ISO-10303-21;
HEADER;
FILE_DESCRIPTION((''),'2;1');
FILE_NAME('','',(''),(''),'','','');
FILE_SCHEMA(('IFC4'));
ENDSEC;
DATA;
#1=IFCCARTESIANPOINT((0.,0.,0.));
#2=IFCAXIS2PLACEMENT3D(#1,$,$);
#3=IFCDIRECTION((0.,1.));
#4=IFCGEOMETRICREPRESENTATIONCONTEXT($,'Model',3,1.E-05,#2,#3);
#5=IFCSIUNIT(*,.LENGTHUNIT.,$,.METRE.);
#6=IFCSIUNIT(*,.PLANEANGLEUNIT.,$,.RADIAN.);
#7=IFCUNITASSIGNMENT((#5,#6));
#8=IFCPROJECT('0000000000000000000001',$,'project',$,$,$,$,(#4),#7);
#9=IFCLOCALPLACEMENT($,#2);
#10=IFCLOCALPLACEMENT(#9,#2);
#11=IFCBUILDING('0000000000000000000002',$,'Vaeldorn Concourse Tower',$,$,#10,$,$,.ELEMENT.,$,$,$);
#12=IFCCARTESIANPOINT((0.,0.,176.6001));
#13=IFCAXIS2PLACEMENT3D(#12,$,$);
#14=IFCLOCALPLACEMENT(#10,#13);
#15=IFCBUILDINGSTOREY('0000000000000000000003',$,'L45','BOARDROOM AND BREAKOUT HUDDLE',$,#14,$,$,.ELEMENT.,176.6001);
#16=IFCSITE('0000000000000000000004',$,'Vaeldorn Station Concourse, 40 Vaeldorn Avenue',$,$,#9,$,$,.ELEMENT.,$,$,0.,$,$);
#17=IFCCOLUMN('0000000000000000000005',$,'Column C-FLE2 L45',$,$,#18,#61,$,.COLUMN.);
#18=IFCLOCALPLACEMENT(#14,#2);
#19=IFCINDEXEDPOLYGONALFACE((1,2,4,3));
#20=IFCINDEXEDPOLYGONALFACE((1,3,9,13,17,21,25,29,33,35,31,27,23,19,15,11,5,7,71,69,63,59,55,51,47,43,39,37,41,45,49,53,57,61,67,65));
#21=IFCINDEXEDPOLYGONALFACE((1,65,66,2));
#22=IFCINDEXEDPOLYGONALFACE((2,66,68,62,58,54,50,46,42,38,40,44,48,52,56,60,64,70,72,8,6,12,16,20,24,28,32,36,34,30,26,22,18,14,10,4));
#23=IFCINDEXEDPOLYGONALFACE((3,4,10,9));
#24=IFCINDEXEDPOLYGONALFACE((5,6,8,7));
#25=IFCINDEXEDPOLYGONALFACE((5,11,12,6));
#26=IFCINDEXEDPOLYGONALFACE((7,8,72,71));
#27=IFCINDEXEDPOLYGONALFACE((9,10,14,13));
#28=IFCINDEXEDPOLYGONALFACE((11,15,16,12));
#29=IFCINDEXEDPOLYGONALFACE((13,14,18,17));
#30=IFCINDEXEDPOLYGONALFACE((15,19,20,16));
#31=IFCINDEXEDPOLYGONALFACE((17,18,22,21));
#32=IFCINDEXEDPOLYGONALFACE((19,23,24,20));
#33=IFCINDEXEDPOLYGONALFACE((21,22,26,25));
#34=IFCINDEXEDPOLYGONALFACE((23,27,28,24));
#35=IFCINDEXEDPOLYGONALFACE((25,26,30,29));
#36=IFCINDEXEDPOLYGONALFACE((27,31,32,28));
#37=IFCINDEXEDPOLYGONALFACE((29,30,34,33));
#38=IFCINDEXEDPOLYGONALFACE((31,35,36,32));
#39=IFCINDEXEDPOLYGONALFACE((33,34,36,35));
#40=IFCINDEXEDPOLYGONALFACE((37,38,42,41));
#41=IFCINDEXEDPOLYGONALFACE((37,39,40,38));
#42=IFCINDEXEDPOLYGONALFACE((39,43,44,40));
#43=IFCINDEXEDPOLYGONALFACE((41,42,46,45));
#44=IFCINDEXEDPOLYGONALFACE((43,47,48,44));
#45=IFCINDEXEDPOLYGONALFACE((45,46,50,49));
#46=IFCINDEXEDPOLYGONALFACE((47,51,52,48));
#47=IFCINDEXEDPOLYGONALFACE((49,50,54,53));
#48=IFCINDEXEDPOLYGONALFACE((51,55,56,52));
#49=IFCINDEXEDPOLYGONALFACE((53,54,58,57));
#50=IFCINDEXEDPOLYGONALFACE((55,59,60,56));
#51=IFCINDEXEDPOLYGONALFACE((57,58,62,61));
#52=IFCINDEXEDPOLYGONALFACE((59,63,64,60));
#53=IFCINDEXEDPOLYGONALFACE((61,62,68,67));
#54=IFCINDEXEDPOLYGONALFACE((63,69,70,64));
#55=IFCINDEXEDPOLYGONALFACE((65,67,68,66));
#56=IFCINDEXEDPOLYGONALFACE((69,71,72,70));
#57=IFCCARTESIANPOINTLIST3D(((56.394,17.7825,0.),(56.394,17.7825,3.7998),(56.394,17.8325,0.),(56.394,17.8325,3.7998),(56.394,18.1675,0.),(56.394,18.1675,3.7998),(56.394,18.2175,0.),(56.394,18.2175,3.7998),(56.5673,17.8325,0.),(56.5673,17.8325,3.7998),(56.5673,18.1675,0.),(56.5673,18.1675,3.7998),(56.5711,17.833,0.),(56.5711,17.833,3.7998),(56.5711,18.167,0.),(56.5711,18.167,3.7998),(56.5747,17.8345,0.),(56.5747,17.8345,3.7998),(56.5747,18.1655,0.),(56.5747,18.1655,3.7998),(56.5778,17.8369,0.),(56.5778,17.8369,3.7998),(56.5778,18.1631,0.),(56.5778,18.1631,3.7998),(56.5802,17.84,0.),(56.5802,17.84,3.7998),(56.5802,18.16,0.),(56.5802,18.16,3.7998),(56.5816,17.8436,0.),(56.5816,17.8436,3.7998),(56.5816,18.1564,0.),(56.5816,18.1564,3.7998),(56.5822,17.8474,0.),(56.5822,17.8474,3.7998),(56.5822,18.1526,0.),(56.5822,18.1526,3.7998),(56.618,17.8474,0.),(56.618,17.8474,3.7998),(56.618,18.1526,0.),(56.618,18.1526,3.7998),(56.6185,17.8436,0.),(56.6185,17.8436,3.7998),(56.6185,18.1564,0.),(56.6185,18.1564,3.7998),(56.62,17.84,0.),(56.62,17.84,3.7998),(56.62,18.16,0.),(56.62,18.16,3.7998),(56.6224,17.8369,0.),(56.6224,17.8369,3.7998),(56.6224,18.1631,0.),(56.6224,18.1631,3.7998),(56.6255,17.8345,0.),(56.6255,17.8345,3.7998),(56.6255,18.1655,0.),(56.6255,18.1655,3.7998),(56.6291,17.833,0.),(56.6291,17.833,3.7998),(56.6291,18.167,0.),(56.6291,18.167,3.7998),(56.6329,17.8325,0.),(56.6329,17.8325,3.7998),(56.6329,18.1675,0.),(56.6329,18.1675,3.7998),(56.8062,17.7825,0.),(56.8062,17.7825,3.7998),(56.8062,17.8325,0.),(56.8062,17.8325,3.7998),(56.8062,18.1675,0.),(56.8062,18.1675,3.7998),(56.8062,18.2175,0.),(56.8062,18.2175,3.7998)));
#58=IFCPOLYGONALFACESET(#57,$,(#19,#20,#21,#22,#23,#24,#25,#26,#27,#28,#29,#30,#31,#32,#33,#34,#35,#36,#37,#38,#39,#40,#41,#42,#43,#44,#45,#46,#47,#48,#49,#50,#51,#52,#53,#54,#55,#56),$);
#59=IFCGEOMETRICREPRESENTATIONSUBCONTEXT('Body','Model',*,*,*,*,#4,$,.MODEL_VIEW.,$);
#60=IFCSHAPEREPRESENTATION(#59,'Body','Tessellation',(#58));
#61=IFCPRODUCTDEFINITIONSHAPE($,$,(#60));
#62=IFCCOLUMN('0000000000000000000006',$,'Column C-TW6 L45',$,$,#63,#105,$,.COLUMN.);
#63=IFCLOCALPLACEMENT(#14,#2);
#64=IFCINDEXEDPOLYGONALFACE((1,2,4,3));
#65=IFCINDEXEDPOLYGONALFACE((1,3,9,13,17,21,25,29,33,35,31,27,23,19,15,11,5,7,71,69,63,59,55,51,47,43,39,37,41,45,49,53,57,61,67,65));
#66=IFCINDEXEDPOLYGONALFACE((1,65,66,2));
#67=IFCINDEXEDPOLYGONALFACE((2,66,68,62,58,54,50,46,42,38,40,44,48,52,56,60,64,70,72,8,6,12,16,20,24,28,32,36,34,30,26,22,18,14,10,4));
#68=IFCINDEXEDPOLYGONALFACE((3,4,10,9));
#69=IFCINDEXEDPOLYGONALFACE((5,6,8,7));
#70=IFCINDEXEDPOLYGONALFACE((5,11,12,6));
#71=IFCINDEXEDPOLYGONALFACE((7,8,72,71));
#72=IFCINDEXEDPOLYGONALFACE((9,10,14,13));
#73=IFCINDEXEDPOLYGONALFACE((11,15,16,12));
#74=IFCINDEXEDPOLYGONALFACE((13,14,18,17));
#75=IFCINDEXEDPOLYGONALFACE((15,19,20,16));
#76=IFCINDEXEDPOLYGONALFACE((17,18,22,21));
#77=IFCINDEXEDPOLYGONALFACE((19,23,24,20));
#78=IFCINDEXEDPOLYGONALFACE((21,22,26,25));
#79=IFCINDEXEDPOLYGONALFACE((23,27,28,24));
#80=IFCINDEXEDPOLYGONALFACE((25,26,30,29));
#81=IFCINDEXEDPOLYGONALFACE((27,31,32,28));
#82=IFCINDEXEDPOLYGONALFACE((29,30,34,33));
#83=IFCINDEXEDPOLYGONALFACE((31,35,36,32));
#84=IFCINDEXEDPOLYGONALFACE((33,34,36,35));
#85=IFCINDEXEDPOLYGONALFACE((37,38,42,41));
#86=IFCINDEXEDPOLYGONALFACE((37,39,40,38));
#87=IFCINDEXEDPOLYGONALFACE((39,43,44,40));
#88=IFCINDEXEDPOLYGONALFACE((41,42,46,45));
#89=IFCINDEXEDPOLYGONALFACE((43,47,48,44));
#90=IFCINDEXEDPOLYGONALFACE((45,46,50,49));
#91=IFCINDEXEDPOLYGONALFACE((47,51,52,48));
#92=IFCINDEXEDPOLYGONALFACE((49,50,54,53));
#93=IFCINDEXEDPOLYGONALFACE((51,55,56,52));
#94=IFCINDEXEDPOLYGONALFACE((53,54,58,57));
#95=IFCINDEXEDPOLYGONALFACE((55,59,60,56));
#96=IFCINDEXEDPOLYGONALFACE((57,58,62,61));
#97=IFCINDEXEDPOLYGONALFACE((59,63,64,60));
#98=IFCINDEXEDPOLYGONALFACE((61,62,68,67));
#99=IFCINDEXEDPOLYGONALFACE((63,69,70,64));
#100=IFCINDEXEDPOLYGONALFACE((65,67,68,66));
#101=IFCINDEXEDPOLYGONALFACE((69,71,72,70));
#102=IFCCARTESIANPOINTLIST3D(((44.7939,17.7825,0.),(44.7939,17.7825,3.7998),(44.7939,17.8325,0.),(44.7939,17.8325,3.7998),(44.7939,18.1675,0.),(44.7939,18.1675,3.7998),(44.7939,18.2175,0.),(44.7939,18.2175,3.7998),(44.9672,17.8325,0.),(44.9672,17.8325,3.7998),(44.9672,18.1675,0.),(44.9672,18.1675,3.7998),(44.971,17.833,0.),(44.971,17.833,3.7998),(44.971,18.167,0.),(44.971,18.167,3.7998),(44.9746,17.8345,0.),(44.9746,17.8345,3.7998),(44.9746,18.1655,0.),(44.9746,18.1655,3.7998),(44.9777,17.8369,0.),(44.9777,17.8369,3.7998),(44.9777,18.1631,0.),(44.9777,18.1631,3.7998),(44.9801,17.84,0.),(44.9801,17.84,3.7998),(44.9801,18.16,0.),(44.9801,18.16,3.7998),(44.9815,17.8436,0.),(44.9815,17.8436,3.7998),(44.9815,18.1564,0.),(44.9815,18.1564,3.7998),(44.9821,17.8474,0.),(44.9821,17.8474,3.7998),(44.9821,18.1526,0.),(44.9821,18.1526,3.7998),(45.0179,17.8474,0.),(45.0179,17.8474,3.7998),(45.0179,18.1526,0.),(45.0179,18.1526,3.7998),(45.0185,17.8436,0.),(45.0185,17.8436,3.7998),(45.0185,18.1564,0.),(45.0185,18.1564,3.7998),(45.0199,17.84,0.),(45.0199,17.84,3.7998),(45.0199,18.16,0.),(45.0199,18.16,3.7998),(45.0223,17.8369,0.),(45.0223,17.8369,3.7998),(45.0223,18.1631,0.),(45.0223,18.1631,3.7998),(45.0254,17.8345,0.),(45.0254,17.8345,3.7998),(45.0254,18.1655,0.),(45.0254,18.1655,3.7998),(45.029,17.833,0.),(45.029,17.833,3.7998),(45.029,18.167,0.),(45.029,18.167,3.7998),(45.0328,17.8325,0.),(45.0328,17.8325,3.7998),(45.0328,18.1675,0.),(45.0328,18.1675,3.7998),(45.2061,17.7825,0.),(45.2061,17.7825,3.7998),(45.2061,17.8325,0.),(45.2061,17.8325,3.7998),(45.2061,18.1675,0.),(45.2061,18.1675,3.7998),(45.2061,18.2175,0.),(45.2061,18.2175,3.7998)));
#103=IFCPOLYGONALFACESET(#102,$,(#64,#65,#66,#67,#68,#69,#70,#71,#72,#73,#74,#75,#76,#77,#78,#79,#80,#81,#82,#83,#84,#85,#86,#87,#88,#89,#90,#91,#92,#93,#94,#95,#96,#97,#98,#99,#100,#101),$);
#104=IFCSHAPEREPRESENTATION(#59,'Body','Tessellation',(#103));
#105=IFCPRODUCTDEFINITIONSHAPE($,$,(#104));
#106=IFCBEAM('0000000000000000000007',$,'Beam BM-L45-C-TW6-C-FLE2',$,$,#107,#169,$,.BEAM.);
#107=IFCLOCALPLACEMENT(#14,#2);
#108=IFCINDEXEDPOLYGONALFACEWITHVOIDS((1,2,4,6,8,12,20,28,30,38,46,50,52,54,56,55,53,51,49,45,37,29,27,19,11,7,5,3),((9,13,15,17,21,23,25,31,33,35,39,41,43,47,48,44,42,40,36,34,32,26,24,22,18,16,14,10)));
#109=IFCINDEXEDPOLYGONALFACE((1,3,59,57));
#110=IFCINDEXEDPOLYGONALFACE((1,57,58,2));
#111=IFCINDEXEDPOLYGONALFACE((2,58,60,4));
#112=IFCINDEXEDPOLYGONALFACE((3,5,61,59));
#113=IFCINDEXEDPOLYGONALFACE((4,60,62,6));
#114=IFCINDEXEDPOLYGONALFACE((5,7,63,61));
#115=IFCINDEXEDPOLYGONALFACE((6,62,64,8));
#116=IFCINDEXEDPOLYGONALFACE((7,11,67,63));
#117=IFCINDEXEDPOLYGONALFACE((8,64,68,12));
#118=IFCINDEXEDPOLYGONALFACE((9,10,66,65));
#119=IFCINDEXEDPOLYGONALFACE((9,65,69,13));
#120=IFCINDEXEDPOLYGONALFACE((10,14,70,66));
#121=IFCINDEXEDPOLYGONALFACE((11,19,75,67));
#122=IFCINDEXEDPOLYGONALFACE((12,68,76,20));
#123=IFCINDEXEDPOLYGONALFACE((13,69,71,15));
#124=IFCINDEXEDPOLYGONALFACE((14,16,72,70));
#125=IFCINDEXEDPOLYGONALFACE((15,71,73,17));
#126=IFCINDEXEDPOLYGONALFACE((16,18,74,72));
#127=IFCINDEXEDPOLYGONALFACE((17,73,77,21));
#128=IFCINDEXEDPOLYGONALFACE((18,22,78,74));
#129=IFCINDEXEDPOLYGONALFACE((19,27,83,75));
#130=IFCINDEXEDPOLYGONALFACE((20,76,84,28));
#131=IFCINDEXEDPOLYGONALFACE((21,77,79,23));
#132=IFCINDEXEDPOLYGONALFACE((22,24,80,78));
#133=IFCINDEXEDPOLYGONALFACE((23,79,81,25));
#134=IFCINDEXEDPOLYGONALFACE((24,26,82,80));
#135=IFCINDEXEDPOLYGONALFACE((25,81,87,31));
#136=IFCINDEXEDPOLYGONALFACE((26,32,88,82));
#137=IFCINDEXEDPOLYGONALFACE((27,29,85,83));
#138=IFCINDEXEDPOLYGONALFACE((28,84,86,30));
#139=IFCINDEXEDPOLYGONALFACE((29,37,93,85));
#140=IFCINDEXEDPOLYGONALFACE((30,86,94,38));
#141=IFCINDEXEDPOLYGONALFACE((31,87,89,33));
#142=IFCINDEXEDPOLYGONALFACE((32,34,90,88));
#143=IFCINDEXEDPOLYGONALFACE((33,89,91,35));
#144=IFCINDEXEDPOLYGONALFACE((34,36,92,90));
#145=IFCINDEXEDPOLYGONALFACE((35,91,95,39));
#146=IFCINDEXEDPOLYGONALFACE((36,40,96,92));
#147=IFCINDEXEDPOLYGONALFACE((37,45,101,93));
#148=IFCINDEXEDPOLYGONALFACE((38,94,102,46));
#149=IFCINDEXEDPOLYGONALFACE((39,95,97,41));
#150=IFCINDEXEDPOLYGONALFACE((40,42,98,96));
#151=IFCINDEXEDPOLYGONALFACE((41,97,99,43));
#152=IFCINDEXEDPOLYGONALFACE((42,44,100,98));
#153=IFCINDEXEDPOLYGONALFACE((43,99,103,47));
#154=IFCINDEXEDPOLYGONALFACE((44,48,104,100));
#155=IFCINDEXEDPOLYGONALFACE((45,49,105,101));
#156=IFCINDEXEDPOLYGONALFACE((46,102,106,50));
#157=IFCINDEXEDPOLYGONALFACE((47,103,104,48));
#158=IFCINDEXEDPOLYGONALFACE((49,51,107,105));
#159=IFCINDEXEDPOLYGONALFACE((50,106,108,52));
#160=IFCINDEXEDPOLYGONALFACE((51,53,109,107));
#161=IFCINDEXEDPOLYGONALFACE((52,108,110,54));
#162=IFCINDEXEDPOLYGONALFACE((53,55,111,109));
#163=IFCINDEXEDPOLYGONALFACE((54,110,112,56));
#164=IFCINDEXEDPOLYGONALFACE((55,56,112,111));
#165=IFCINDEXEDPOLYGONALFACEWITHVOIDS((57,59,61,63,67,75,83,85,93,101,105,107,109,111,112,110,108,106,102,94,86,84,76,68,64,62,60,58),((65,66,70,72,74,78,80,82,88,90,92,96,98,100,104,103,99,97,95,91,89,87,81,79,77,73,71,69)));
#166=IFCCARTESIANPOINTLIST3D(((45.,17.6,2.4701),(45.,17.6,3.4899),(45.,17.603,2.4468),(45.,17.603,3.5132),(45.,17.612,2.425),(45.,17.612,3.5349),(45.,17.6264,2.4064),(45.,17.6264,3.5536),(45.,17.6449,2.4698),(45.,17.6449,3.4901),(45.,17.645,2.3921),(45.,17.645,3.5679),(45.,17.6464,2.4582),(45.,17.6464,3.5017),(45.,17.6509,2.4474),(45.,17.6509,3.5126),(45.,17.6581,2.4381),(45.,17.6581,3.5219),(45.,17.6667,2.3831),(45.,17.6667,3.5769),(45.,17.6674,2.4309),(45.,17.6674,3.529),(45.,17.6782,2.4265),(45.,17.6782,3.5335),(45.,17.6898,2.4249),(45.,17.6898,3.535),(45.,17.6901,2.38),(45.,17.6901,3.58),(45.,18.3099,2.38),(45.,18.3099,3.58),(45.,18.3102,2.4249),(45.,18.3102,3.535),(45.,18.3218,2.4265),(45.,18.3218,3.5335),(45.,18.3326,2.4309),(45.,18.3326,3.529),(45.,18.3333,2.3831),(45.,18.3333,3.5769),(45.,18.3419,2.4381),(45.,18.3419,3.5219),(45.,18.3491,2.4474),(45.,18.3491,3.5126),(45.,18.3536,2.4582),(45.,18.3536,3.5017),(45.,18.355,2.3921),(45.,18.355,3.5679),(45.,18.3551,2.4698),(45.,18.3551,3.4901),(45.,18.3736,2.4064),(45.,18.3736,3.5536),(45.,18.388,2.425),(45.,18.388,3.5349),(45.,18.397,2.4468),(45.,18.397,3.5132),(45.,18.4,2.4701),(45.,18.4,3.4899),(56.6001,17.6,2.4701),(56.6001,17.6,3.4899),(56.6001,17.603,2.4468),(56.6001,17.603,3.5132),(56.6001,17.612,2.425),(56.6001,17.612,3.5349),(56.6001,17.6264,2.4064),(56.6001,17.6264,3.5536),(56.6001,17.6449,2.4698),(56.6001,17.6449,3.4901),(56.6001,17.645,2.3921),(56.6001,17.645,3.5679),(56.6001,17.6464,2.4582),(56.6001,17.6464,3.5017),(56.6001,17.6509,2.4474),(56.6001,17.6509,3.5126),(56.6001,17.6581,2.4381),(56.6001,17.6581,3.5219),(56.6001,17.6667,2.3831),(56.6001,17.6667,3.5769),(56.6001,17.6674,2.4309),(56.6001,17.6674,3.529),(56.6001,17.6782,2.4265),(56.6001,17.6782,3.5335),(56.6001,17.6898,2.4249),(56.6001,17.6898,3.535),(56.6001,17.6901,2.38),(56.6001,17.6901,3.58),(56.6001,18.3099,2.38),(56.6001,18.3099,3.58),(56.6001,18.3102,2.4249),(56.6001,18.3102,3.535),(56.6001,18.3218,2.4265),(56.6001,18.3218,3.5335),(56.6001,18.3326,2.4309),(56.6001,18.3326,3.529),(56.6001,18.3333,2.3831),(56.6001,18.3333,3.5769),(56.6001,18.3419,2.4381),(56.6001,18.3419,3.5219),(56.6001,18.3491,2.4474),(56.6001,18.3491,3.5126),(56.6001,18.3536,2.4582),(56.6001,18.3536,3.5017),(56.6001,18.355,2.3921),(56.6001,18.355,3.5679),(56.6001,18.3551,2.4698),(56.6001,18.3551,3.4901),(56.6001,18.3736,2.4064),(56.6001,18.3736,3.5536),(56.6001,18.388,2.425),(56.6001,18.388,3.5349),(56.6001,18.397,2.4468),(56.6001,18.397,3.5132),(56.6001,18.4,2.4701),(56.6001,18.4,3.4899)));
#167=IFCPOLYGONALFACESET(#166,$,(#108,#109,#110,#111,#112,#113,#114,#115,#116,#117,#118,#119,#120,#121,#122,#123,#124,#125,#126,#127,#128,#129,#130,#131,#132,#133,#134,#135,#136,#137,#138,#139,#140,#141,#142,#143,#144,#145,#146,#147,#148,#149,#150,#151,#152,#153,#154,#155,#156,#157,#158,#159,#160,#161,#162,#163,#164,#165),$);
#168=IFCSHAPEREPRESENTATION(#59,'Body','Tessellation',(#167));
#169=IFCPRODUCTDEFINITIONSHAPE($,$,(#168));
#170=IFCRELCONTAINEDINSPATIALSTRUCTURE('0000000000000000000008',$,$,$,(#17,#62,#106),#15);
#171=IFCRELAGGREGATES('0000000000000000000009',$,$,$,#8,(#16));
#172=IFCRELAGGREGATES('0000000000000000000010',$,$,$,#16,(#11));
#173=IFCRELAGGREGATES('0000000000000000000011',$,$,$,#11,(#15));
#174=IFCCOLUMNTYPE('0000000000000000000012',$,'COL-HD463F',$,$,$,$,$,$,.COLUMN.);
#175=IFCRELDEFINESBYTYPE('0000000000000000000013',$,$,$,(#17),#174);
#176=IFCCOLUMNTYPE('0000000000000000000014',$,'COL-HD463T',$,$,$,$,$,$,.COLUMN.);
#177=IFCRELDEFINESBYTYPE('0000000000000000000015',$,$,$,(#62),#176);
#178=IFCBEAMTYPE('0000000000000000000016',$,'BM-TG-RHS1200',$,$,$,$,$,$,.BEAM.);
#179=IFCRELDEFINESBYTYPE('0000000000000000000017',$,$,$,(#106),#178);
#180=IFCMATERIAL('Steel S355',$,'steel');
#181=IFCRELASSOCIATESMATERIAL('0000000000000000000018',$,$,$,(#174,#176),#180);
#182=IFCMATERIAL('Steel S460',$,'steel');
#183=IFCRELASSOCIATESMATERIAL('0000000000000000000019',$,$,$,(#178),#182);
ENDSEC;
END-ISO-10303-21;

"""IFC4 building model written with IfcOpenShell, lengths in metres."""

from ifc_helpers import new_model, si_unit, direction, frame, origin, origin_2d, place, context, subcontext, project, spatial, hollow_rectangle, i_section, extrude, source, transform, mapped, material, material_profile, profile_set, type_object, element, save


model = new_model("IFC4")

# Units and contexts
model_context = context("Model", 3, precision=1e-05, world=origin(), true_north=direction((0.0, 1.0)))
body_context = subcontext(model_context, "Body", "Model", "MODEL_VIEW")
ifc_project = project(units=[si_unit("LENGTHUNIT", "METRE"), si_unit("PLANEANGLEUNIT", "RADIAN")], contexts=[model_context])

# Site, building, storey
site_placement = place(None, origin())
site = spatial("IfcSite", under=ifc_project, at=site_placement, Name="Vaeldorn Station Concourse, 40 Vaeldorn Avenue", CompositionType="ELEMENT", RefElevation=0.0)
building_placement = place(site_placement, origin())
building = spatial("IfcBuilding", under=site, at=building_placement, Name="Vaeldorn Concourse Tower", CompositionType="ELEMENT")
storey_placement = place(building_placement, frame((0.0, 0.0, 176.6001)))
storey = spatial("IfcBuildingStorey", under=building, at=storey_placement, Name="L45", Description="BOARDROOM AND BREAKOUT HUDDLE", CompositionType="ELEMENT", Elevation=176.6001)

# Columns
ifc_material_1 = material(Name="Steel S355", Category="steel")
ifc_material_profile_1 = material_profile(ifc_material_1, i_section(OverallWidth=0.4121, OverallDepth=0.4351, WebThickness=0.0359, FlangeThickness=0.05, FilletRadius=0.0149, at=origin_2d()), Name="HD 400x463")
ifc_profile_set_1 = profile_set([ifc_material_profile_1], Name="Steel S355")
column_type_1 = type_object("IfcColumnType", Name="COL-HD463F", PredefinedType="COLUMN", material=ifc_profile_set_1)
shared_shape_1 = source(origin(), body_context, "Body", "SweptSolid", [
    extrude(i_section(OverallWidth=0.4121, OverallDepth=0.4351, WebThickness=0.0359, FlangeThickness=0.05, FilletRadius=0.0149, at=origin_2d()), origin(), (0.0, 0.0, 1.0), 3.7998),
])
column_1_placement = place(storey_placement, frame((56.6001, 18.0, 0.0), z_axis=(0.0, 0.0, 1.0), x_axis=(1.0, 0.0, 0.0)))
element("IfcColumn", 1, at=column_1_placement, inside=storey, type_object=column_type_1, Name="Column C-FLE2 L45", PredefinedType="COLUMN", context=body_context, shape_type="MappedRepresentation", body=[
    mapped(shared_shape_1, transform((0.0, 0.0, 0.0), scale=1.0)),
])
ifc_material_profile_2 = material_profile(ifc_material_1, i_section(OverallWidth=0.4121, OverallDepth=0.4351, WebThickness=0.0359, FlangeThickness=0.05, FilletRadius=0.0149, at=origin_2d()), Name="HD 400x463")
ifc_profile_set_2 = profile_set([ifc_material_profile_2], Name="Steel S355")
column_type_2 = type_object("IfcColumnType", Name="COL-HD463T", PredefinedType="COLUMN", material=ifc_profile_set_2)
shared_shape_2 = source(origin(), body_context, "Body", "SweptSolid", [
    extrude(i_section(OverallWidth=0.4121, OverallDepth=0.4351, WebThickness=0.0359, FlangeThickness=0.05, FilletRadius=0.0149, at=origin_2d()), origin(), (0.0, 0.0, 1.0), 3.7998),
])
column_2_placement = place(storey_placement, frame((45.0, 18.0, 0.0), z_axis=(0.0, 0.0, 1.0), x_axis=(1.0, 0.0, 0.0)))
element("IfcColumn", 2, at=column_2_placement, inside=storey, type_object=column_type_2, Name="Column C-TW6 L45", PredefinedType="COLUMN", context=body_context, shape_type="MappedRepresentation", body=[
    mapped(shared_shape_2, transform((0.0, 0.0, 0.0), scale=1.0)),
])

# Beam
ifc_material_2 = material(Name="Steel S460", Category="steel")
ifc_material_profile_3 = material_profile(ifc_material_2, hollow_rectangle(XDim=0.8, YDim=1.2, WallThickness=0.0449, InnerFilletRadius=0.0449, OuterFilletRadius=0.0901, at=origin_2d()), Name="RHS 1200x800x45")
ifc_profile_set_3 = profile_set([ifc_material_profile_3], Name="Steel S460")
beam_type_1 = type_object("IfcBeamType", Name="BM-TG-RHS1200", PredefinedType="BEAM", material=ifc_profile_set_3)
shared_shape_3 = source(origin(), body_context, "Body", "SweptSolid", [
    extrude(hollow_rectangle(XDim=0.8, YDim=1.2, WallThickness=0.0449, InnerFilletRadius=0.0449, OuterFilletRadius=0.0901, at=origin_2d()), origin(), (0.0, 0.0, 1.0), 11.6001),
])
beam_1_placement = place(storey_placement, frame((45.0, 18.0, 2.98), z_axis=(1.0, 0.0, 0.0), x_axis=(0.0, 1.0, 0.0)))
element("IfcBeam", 3, at=beam_1_placement, inside=storey, type_object=beam_type_1, Name="Beam BM-L45-C-TW6-C-FLE2", PredefinedType="BEAM", context=body_context, shape_type="MappedRepresentation", body=[
    mapped(shared_shape_3, transform((0.0, 0.0, 0.0), scale=1.0)),
])

save(model, "model.ifc")
